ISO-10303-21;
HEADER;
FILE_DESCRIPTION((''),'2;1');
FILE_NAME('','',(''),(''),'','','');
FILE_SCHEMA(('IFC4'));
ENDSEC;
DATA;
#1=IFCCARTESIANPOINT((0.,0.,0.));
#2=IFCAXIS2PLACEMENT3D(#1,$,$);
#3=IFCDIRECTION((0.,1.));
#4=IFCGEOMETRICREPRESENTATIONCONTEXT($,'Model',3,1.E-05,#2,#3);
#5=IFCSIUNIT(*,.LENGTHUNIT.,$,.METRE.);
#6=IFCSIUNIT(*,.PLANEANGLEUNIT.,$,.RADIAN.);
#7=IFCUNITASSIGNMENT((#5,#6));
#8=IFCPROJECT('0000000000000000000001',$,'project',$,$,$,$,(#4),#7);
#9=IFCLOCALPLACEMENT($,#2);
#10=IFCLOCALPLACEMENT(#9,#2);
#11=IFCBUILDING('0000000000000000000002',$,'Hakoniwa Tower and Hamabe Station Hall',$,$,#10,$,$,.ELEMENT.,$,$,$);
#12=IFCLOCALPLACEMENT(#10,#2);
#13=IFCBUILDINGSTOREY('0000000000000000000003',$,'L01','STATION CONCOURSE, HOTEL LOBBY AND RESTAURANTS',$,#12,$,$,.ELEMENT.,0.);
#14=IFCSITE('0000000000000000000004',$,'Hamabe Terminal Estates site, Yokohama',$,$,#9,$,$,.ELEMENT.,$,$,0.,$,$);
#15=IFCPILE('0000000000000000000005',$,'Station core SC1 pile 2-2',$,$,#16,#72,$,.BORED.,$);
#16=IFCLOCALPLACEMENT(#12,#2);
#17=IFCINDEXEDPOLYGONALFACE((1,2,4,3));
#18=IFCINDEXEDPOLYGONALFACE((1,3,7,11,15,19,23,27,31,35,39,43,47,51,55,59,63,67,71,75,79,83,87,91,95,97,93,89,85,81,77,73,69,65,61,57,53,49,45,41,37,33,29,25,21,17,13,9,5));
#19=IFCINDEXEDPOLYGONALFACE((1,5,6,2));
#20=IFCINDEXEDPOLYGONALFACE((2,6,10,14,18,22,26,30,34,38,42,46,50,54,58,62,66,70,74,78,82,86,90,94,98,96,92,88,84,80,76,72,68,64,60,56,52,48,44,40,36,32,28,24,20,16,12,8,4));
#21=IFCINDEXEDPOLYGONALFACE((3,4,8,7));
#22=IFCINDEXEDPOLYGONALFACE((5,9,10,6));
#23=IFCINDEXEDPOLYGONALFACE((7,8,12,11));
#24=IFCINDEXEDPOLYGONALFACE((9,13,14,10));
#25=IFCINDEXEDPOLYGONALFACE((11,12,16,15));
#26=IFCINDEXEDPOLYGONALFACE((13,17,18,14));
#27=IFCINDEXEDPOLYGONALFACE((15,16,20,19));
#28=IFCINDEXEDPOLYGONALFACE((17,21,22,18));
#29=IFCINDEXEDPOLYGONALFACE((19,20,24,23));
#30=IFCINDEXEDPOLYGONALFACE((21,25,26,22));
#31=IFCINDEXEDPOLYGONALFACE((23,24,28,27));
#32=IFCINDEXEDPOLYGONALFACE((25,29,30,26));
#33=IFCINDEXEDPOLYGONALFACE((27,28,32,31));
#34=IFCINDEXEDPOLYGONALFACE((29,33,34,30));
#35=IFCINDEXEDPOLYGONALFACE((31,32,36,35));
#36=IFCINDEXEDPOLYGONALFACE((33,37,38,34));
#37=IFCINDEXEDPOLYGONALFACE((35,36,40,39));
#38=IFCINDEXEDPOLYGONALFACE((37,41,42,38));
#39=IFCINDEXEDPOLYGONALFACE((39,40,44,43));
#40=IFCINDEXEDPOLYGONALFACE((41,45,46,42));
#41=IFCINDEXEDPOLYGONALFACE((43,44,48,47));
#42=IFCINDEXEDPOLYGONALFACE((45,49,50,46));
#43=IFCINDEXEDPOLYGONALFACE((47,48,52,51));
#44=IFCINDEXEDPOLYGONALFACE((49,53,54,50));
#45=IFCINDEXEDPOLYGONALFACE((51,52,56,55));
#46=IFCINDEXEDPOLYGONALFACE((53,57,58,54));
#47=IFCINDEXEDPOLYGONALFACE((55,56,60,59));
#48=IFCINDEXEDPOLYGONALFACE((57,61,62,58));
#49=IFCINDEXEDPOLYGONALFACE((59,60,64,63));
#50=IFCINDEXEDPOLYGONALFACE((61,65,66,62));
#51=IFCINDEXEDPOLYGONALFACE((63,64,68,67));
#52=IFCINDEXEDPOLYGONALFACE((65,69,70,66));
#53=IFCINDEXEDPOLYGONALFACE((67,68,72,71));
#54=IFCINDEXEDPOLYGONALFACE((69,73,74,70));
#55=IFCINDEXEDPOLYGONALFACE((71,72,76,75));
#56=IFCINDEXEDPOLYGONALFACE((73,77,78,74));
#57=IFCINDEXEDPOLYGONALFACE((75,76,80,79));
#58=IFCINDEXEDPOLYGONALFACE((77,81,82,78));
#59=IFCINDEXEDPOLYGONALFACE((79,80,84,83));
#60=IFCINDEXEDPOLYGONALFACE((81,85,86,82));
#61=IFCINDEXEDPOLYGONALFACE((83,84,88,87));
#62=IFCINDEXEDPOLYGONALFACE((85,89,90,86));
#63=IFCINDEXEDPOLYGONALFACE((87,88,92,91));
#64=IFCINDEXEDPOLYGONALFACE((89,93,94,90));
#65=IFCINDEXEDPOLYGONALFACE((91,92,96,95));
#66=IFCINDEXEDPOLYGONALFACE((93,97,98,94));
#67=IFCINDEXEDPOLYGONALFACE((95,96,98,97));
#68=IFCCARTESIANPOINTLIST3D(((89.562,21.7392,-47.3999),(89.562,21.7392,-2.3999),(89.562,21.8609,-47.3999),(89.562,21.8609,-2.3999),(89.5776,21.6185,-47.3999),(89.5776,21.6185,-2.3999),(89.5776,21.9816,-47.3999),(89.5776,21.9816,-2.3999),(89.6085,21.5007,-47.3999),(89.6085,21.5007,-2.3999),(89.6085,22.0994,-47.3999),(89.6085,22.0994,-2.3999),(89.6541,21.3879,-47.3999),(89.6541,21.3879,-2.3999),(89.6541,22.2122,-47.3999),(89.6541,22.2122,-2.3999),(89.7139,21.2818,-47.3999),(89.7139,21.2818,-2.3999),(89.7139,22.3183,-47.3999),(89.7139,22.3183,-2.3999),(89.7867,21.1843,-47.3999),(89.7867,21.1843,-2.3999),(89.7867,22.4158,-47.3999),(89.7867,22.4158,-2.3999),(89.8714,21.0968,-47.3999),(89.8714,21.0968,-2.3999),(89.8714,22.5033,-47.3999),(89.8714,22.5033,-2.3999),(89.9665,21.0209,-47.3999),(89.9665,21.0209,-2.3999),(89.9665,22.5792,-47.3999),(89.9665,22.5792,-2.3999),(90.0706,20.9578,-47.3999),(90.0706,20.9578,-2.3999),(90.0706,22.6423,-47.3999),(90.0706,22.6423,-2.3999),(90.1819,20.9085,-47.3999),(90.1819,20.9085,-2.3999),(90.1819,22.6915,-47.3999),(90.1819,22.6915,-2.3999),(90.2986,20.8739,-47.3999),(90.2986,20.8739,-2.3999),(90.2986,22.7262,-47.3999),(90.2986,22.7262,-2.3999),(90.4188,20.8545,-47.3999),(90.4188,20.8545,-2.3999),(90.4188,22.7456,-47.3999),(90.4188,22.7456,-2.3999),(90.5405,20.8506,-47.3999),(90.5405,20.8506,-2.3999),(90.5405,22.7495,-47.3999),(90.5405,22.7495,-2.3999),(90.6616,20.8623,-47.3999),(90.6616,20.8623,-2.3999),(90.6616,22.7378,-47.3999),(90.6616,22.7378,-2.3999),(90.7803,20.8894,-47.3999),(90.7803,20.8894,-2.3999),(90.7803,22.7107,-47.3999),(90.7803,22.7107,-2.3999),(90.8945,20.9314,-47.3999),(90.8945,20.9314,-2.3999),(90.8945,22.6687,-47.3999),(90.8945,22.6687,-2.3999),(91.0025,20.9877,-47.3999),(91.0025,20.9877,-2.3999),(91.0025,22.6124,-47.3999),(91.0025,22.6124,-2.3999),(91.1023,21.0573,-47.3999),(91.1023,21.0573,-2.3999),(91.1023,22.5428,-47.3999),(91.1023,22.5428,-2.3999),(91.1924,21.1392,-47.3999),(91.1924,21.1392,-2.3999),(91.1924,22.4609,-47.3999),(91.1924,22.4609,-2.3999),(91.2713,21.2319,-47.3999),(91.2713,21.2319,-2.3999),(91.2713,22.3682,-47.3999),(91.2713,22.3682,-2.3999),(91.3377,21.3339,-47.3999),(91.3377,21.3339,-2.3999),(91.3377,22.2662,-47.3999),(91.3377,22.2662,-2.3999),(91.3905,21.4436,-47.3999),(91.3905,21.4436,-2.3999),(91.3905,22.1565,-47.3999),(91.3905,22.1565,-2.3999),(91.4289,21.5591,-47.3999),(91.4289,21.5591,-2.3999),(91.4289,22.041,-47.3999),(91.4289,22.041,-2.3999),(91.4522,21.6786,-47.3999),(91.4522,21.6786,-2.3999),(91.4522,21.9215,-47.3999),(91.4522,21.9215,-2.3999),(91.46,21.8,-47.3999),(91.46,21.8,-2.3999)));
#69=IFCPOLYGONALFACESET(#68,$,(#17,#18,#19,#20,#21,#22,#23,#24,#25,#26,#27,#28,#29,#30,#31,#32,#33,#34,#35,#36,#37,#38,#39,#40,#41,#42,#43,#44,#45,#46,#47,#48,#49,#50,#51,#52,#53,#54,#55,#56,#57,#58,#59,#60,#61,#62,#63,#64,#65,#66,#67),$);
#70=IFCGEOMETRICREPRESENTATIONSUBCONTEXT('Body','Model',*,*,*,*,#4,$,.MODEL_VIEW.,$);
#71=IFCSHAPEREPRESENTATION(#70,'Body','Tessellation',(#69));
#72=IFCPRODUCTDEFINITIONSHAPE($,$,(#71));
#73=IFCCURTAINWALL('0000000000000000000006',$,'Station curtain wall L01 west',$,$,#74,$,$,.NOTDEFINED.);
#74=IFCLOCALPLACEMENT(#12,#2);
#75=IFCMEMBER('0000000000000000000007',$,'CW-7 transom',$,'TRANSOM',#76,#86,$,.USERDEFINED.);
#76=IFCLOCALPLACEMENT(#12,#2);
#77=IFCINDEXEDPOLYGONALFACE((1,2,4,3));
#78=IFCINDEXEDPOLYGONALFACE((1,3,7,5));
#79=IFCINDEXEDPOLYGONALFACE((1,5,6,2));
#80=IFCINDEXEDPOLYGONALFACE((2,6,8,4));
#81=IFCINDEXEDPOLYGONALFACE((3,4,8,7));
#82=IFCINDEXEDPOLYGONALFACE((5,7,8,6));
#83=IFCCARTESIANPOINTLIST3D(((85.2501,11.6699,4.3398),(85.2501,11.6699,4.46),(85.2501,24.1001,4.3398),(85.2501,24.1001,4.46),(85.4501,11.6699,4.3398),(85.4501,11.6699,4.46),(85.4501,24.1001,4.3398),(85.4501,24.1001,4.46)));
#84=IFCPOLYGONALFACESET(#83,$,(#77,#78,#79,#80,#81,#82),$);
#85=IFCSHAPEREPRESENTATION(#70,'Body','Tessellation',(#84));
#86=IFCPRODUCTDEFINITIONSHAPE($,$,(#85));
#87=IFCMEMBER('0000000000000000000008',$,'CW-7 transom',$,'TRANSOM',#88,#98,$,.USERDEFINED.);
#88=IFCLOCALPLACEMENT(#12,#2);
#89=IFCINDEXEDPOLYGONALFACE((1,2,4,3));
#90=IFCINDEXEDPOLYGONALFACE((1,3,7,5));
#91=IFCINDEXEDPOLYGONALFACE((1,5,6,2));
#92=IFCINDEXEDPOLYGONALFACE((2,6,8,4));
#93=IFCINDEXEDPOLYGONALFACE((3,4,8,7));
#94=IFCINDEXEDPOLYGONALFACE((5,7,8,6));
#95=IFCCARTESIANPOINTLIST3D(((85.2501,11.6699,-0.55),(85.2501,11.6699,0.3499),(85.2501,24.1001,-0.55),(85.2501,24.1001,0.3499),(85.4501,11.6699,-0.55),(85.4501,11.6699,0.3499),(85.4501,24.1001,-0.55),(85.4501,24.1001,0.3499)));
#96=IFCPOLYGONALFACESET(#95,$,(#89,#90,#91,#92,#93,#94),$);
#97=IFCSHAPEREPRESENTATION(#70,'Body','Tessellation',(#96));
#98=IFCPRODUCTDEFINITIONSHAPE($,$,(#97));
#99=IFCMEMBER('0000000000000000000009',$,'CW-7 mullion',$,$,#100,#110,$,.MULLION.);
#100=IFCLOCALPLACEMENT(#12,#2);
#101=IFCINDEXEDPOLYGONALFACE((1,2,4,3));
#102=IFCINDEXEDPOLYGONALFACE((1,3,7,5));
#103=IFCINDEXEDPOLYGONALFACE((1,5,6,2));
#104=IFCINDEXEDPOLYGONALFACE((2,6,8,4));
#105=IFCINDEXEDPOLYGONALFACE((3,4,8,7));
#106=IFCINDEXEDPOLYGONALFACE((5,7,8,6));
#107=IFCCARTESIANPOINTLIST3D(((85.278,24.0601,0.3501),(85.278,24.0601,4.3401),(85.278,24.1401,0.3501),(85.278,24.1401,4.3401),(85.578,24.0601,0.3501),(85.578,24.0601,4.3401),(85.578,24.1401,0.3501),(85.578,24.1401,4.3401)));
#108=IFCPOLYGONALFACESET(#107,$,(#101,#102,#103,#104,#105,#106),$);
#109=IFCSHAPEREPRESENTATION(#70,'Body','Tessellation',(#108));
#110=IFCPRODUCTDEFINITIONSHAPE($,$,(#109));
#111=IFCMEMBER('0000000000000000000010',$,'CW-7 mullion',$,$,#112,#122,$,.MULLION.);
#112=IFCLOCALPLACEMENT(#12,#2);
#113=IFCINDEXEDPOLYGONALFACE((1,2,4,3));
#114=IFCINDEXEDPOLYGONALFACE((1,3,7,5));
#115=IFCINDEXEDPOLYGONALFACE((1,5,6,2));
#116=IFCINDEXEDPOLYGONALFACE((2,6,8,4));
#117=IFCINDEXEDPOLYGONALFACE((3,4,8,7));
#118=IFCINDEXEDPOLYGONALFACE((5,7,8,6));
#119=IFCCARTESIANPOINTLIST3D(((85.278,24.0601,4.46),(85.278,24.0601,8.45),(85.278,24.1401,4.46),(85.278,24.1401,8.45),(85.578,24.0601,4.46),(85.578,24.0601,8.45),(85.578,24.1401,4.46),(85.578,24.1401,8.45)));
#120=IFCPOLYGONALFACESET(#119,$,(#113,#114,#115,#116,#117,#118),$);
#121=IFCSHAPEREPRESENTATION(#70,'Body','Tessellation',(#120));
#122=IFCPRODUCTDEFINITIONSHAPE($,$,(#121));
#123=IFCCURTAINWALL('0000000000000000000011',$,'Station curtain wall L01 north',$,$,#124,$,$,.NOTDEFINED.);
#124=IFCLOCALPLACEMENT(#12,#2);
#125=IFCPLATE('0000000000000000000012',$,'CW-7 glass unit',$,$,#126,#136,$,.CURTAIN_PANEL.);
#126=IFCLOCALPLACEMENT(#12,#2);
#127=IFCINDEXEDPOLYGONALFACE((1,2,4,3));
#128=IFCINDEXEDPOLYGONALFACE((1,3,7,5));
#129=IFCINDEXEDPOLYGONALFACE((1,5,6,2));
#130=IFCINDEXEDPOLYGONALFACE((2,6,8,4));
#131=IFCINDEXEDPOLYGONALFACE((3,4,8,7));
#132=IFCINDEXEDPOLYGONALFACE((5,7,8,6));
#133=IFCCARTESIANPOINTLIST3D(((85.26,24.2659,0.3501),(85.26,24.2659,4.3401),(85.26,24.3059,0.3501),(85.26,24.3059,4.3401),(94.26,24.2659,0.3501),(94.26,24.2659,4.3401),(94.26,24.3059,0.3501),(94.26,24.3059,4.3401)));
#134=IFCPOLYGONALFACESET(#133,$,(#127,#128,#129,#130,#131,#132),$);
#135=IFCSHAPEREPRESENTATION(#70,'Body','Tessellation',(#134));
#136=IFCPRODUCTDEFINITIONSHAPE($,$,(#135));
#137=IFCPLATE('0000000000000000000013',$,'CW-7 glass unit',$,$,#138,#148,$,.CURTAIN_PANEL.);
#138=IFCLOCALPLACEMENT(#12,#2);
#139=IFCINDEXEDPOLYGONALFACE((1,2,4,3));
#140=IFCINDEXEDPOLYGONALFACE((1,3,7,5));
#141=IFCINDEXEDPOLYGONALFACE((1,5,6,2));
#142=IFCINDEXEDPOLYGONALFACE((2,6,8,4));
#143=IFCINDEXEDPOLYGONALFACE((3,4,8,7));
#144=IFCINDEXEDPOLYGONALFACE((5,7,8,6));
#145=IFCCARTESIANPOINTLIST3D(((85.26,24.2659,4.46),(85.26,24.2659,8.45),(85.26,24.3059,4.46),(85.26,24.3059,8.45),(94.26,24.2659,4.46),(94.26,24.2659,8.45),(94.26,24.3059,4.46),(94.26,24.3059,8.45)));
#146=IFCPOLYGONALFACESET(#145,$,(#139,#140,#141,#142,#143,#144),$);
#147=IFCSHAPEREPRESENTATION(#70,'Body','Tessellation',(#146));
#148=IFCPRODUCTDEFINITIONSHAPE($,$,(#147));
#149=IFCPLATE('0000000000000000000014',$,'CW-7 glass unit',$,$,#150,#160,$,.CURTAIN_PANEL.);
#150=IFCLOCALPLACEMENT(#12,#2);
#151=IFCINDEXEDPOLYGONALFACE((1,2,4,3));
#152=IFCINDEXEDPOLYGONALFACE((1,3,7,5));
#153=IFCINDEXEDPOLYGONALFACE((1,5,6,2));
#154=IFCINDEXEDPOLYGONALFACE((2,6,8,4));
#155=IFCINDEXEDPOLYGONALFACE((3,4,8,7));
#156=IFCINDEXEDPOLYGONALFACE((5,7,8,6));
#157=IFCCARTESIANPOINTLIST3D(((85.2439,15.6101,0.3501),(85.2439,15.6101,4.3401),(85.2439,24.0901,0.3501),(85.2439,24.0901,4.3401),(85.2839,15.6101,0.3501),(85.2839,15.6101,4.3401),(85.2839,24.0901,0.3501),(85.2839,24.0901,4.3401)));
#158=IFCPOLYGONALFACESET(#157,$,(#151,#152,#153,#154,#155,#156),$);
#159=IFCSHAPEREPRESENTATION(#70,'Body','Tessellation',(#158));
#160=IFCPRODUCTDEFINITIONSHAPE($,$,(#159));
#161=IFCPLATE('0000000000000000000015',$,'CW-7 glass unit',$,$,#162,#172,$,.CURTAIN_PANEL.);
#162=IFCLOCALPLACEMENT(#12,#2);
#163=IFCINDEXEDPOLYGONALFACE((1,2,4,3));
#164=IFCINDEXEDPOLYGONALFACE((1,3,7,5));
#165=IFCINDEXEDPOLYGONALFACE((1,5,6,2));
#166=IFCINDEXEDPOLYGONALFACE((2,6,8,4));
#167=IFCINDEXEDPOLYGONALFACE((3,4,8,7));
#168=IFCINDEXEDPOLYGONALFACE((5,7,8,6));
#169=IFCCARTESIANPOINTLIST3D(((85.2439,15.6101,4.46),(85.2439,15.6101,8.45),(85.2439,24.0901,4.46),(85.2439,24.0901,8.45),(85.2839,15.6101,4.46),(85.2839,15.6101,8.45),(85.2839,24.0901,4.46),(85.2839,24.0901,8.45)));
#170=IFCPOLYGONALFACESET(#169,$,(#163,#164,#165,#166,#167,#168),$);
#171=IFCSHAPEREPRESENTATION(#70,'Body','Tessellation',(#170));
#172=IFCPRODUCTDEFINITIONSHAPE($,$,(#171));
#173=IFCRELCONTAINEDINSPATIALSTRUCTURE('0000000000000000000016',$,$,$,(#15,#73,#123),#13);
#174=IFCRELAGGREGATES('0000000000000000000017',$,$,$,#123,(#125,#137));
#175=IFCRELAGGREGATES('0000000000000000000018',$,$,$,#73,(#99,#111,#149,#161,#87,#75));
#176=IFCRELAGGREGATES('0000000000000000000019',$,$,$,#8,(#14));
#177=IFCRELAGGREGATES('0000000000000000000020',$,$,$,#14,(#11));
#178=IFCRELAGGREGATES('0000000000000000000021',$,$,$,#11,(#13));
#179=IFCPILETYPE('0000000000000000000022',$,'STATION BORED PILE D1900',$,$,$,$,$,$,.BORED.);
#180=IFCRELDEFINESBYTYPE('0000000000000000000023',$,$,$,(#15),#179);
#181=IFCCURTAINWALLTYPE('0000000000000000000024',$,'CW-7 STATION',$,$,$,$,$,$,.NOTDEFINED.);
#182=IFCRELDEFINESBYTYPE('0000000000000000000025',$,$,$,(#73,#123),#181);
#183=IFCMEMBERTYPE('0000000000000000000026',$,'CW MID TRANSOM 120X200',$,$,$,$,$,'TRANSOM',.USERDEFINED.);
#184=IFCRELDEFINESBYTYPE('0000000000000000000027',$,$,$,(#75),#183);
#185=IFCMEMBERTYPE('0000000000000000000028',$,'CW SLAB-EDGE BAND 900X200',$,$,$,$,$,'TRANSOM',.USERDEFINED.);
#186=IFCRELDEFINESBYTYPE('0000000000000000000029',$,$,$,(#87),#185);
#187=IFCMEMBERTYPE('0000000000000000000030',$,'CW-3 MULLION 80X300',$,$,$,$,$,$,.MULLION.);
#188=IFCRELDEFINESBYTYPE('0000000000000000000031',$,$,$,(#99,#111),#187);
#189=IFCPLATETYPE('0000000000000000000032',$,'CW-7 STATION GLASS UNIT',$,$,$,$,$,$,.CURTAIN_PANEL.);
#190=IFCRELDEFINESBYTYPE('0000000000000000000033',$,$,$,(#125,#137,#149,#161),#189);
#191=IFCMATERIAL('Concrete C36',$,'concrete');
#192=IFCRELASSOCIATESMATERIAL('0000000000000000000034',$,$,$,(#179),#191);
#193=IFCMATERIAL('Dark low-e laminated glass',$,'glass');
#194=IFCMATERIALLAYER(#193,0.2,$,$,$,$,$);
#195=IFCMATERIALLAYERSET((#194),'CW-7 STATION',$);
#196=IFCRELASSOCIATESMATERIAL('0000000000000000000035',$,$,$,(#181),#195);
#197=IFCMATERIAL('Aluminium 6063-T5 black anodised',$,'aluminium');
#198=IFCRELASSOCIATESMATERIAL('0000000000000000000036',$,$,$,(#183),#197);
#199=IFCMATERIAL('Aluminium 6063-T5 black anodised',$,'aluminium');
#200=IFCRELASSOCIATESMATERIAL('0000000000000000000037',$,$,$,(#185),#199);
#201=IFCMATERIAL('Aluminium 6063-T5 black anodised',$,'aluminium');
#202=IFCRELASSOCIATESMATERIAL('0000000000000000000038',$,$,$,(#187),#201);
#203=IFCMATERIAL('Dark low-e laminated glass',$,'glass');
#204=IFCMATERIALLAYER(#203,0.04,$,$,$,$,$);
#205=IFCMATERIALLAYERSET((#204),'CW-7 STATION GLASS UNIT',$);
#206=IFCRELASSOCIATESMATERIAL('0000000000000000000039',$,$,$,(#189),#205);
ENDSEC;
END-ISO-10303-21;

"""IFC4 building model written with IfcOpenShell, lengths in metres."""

from ifc_helpers import new_model, si_unit, direction, frame, origin, origin_2d, place, context, subcontext, project, spatial, rectangle, circle, extrude, material, layer, layer_set, material_profile, profile_set, type_object, element, aggregate, save


model = new_model("IFC4")

# Units and contexts
model_context = context("Model", 3, precision=1e-05, world=origin(), true_north=direction((0.0, 1.0)))
body_context = subcontext(model_context, "Body", "Model", "MODEL_VIEW")
ifc_project = project(units=[si_unit("LENGTHUNIT", "METRE"), si_unit("PLANEANGLEUNIT", "RADIAN")], contexts=[model_context])

# Site, building, storey
site_placement = place(None, origin())
site = spatial("IfcSite", under=ifc_project, at=site_placement, Name="Hamabe Terminal Estates site, Yokohama", CompositionType="ELEMENT", RefElevation=0.0)
building_placement = place(site_placement, origin())
building = spatial("IfcBuilding", under=site, at=building_placement, Name="Hakoniwa Tower and Hamabe Station Hall", CompositionType="ELEMENT")
storey_placement = place(building_placement, origin())
storey = spatial("IfcBuildingStorey", under=building, at=storey_placement, Name="L01", Description="STATION CONCOURSE, HOTEL LOBBY AND RESTAURANTS", CompositionType="ELEMENT", Elevation=0.0)

# Pile
ifc_material_1 = material(Name="Concrete C36", Category="concrete")
ifc_material_profile_1 = material_profile(ifc_material_1, circle(Radius=0.95, at=origin_2d()), Name="STATION BORED PILE D1900")
ifc_profile_set_1 = profile_set([ifc_material_profile_1], Name="Concrete C36")
pile_type = type_object("IfcPileType", Name="STATION BORED PILE D1900", PredefinedType="BORED", material=ifc_profile_set_1)
for number, where, z_axis, x_axis, name in (
    (1, (90.51, 21.8, -2.3999), (0.0, 0.0, -1.0), (1.0, 0.0, 0.0), "Station core SC1 pile 2-2"),
):
    element("IfcPile", number, at=place(storey_placement, frame(where, z_axis=z_axis, x_axis=x_axis)), inside=storey, type_object=pile_type, Name=name, PredefinedType="BORED", context=body_context, shape_type="SweptSolid", body=[
        extrude(circle(Radius=0.95, at=origin_2d()), origin(), (0.0, 0.0, 1.0), 45.0),
    ])

# Curtain wall, members
ifc_material_2 = material(Name="Dark low-e laminated glass", Category="glass")
ifc_layer_1 = layer(ifc_material_2, 0.2)
ifc_layer_set_1 = layer_set([ifc_layer_1], Name="CW-7 STATION")
curtain_wall_type = type_object("IfcCurtainWallType", Name="CW-7 STATION", PredefinedType="NOTDEFINED", material=ifc_layer_set_1)
curtain_wall_1_placement = place(storey_placement, origin())
curtain_wall_1 = element("IfcCurtainWall", 2, at=curtain_wall_1_placement, inside=storey, type_object=curtain_wall_type, Name="Station curtain wall L01 west", PredefinedType="NOTDEFINED")
ifc_material_3 = material(Name="Aluminium 6063-T5 black anodised", Category="aluminium")
ifc_material_profile_2 = material_profile(ifc_material_3, rectangle(XDim=0.2, YDim=0.1201, at=origin_2d()), Name="CW MID TRANSOM 120X200")
ifc_profile_set_2 = profile_set([ifc_material_profile_2], Name="Aluminium 6063-T5 black anodised")
member_type_1 = type_object("IfcMemberType", Name="CW MID TRANSOM 120X200", ElementType="TRANSOM", PredefinedType="USERDEFINED", material=ifc_profile_set_2)
member_1_placement = place(storey_placement, frame((85.3501, 24.1001, 4.3999), z_axis=(0.0, -1.0, 0.0), x_axis=(1.0, 0.0, 0.0)))
member_1 = element("IfcMember", 3, at=member_1_placement, type_object=member_type_1, Name="CW-7 transom", ObjectType="TRANSOM", PredefinedType="USERDEFINED", context=body_context, shape_type="SweptSolid", body=[
    extrude(rectangle(XDim=0.2, YDim=0.1201, at=origin_2d()), origin(), (0.0, 0.0, 1.0), 12.4302),
])
ifc_material_4 = material(Name="Aluminium 6063-T5 black anodised", Category="aluminium")
ifc_material_profile_3 = material_profile(ifc_material_4, rectangle(XDim=0.2, YDim=0.8999, at=origin_2d()), Name="CW SLAB-EDGE BAND 900X200")
ifc_profile_set_3 = profile_set([ifc_material_profile_3], Name="Aluminium 6063-T5 black anodised")
member_type_2 = type_object("IfcMemberType", Name="CW SLAB-EDGE BAND 900X200", ElementType="TRANSOM", PredefinedType="USERDEFINED", material=ifc_profile_set_3)
member_2_placement = place(storey_placement, frame((85.3501, 24.1001, -0.1001), z_axis=(0.0, -1.0, 0.0), x_axis=(1.0, 0.0, 0.0)))
member_2 = element("IfcMember", 4, at=member_2_placement, type_object=member_type_2, Name="CW-7 transom", ObjectType="TRANSOM", PredefinedType="USERDEFINED", context=body_context, shape_type="SweptSolid", body=[
    extrude(rectangle(XDim=0.2, YDim=0.8999, at=origin_2d()), origin(), (0.0, 0.0, 1.0), 12.4302),
])
ifc_material_5 = material(Name="Aluminium 6063-T5 black anodised", Category="aluminium")
ifc_material_profile_4 = material_profile(ifc_material_5, rectangle(XDim=0.0801, YDim=0.3, at=origin_2d()), Name="CW-3 MULLION 80X300")
ifc_profile_set_4 = profile_set([ifc_material_profile_4], Name="Aluminium 6063-T5 black anodised")
member_type_3 = type_object("IfcMemberType", Name="CW-3 MULLION 80X300", PredefinedType="MULLION", material=ifc_profile_set_4)
member_3_placement = place(storey_placement, frame((85.428, 24.1001, 0.3501), z_axis=(0.0, 0.0, 1.0), x_axis=(0.0, -1.0, 0.0)))
member_3 = element("IfcMember", 5, at=member_3_placement, type_object=member_type_3, Name="CW-7 mullion", PredefinedType="MULLION", context=body_context, shape_type="SweptSolid", body=[
    extrude(rectangle(XDim=0.0801, YDim=0.3, at=origin_2d()), origin(), (0.0, 0.0, 1.0), 3.99),
])
member_4_placement = place(storey_placement, frame((85.428, 24.1001, 4.46), z_axis=(0.0, 0.0, 1.0), x_axis=(0.0, -1.0, 0.0)))
member_4 = element("IfcMember", 6, at=member_4_placement, type_object=member_type_3, Name="CW-7 mullion", PredefinedType="MULLION", context=body_context, shape_type="SweptSolid", body=[
    extrude(rectangle(XDim=0.0801, YDim=0.3, at=origin_2d()), origin(), (0.0, 0.0, 1.0), 3.99),
])

# Curtain wall, plates
curtain_wall_2_placement = place(storey_placement, origin())
curtain_wall_2 = element("IfcCurtainWall", 7, at=curtain_wall_2_placement, inside=storey, type_object=curtain_wall_type, Name="Station curtain wall L01 north", PredefinedType="NOTDEFINED")
ifc_material_6 = material(Name="Dark low-e laminated glass", Category="glass")
ifc_layer_2 = layer(ifc_material_6, 0.04)
ifc_layer_set_2 = layer_set([ifc_layer_2], Name="CW-7 STATION GLASS UNIT")
plate_type = type_object("IfcPlateType", Name="CW-7 STATION GLASS UNIT", PredefinedType="CURTAIN_PANEL", material=ifc_layer_set_2)
plate_1_placement = place(storey_placement, frame((89.76, 24.2859, 0.3501), z_axis=(0.0, 0.0, 1.0), x_axis=(-1.0, 0.0, 0.0)))
plate_1 = element("IfcPlate", 8, at=plate_1_placement, type_object=plate_type, Name="CW-7 glass unit", PredefinedType="CURTAIN_PANEL", context=body_context, shape_type="SweptSolid", body=[
    extrude(rectangle(XDim=9.0, YDim=0.04, at=origin_2d()), origin(), (0.0, 0.0, 1.0), 3.99),
])
plate_2_placement = place(storey_placement, frame((89.76, 24.2859, 4.46), z_axis=(0.0, 0.0, 1.0), x_axis=(-1.0, 0.0, 0.0)))
plate_2 = element("IfcPlate", 9, at=plate_2_placement, type_object=plate_type, Name="CW-7 glass unit", PredefinedType="CURTAIN_PANEL", context=body_context, shape_type="SweptSolid", body=[
    extrude(rectangle(XDim=9.0, YDim=0.04, at=origin_2d()), origin(), (0.0, 0.0, 1.0), 3.99),
])
aggregate(curtain_wall_2, [plate_1, plate_2])

# Plates
plate_3_placement = place(storey_placement, frame((85.2639, 19.8501, 0.3501), z_axis=(0.0, 0.0, 1.0), x_axis=(0.0, -1.0, 0.0)))
plate_3 = element("IfcPlate", 10, at=plate_3_placement, type_object=plate_type, Name="CW-7 glass unit", PredefinedType="CURTAIN_PANEL", context=body_context, shape_type="SweptSolid", body=[
    extrude(rectangle(XDim=8.48, YDim=0.04, at=origin_2d()), origin(), (0.0, 0.0, 1.0), 3.99),
])
plate_4_placement = place(storey_placement, frame((85.2639, 19.8501, 4.46), z_axis=(0.0, 0.0, 1.0), x_axis=(0.0, -1.0, 0.0)))
plate_4 = element("IfcPlate", 11, at=plate_4_placement, type_object=plate_type, Name="CW-7 glass unit", PredefinedType="CURTAIN_PANEL", context=body_context, shape_type="SweptSolid", body=[
    extrude(rectangle(XDim=8.48, YDim=0.04, at=origin_2d()), origin(), (0.0, 0.0, 1.0), 3.99),
])
aggregate(curtain_wall_1, [member_3, member_4, plate_3, plate_4, member_2, member_1])

save(model, "model.ifc")
